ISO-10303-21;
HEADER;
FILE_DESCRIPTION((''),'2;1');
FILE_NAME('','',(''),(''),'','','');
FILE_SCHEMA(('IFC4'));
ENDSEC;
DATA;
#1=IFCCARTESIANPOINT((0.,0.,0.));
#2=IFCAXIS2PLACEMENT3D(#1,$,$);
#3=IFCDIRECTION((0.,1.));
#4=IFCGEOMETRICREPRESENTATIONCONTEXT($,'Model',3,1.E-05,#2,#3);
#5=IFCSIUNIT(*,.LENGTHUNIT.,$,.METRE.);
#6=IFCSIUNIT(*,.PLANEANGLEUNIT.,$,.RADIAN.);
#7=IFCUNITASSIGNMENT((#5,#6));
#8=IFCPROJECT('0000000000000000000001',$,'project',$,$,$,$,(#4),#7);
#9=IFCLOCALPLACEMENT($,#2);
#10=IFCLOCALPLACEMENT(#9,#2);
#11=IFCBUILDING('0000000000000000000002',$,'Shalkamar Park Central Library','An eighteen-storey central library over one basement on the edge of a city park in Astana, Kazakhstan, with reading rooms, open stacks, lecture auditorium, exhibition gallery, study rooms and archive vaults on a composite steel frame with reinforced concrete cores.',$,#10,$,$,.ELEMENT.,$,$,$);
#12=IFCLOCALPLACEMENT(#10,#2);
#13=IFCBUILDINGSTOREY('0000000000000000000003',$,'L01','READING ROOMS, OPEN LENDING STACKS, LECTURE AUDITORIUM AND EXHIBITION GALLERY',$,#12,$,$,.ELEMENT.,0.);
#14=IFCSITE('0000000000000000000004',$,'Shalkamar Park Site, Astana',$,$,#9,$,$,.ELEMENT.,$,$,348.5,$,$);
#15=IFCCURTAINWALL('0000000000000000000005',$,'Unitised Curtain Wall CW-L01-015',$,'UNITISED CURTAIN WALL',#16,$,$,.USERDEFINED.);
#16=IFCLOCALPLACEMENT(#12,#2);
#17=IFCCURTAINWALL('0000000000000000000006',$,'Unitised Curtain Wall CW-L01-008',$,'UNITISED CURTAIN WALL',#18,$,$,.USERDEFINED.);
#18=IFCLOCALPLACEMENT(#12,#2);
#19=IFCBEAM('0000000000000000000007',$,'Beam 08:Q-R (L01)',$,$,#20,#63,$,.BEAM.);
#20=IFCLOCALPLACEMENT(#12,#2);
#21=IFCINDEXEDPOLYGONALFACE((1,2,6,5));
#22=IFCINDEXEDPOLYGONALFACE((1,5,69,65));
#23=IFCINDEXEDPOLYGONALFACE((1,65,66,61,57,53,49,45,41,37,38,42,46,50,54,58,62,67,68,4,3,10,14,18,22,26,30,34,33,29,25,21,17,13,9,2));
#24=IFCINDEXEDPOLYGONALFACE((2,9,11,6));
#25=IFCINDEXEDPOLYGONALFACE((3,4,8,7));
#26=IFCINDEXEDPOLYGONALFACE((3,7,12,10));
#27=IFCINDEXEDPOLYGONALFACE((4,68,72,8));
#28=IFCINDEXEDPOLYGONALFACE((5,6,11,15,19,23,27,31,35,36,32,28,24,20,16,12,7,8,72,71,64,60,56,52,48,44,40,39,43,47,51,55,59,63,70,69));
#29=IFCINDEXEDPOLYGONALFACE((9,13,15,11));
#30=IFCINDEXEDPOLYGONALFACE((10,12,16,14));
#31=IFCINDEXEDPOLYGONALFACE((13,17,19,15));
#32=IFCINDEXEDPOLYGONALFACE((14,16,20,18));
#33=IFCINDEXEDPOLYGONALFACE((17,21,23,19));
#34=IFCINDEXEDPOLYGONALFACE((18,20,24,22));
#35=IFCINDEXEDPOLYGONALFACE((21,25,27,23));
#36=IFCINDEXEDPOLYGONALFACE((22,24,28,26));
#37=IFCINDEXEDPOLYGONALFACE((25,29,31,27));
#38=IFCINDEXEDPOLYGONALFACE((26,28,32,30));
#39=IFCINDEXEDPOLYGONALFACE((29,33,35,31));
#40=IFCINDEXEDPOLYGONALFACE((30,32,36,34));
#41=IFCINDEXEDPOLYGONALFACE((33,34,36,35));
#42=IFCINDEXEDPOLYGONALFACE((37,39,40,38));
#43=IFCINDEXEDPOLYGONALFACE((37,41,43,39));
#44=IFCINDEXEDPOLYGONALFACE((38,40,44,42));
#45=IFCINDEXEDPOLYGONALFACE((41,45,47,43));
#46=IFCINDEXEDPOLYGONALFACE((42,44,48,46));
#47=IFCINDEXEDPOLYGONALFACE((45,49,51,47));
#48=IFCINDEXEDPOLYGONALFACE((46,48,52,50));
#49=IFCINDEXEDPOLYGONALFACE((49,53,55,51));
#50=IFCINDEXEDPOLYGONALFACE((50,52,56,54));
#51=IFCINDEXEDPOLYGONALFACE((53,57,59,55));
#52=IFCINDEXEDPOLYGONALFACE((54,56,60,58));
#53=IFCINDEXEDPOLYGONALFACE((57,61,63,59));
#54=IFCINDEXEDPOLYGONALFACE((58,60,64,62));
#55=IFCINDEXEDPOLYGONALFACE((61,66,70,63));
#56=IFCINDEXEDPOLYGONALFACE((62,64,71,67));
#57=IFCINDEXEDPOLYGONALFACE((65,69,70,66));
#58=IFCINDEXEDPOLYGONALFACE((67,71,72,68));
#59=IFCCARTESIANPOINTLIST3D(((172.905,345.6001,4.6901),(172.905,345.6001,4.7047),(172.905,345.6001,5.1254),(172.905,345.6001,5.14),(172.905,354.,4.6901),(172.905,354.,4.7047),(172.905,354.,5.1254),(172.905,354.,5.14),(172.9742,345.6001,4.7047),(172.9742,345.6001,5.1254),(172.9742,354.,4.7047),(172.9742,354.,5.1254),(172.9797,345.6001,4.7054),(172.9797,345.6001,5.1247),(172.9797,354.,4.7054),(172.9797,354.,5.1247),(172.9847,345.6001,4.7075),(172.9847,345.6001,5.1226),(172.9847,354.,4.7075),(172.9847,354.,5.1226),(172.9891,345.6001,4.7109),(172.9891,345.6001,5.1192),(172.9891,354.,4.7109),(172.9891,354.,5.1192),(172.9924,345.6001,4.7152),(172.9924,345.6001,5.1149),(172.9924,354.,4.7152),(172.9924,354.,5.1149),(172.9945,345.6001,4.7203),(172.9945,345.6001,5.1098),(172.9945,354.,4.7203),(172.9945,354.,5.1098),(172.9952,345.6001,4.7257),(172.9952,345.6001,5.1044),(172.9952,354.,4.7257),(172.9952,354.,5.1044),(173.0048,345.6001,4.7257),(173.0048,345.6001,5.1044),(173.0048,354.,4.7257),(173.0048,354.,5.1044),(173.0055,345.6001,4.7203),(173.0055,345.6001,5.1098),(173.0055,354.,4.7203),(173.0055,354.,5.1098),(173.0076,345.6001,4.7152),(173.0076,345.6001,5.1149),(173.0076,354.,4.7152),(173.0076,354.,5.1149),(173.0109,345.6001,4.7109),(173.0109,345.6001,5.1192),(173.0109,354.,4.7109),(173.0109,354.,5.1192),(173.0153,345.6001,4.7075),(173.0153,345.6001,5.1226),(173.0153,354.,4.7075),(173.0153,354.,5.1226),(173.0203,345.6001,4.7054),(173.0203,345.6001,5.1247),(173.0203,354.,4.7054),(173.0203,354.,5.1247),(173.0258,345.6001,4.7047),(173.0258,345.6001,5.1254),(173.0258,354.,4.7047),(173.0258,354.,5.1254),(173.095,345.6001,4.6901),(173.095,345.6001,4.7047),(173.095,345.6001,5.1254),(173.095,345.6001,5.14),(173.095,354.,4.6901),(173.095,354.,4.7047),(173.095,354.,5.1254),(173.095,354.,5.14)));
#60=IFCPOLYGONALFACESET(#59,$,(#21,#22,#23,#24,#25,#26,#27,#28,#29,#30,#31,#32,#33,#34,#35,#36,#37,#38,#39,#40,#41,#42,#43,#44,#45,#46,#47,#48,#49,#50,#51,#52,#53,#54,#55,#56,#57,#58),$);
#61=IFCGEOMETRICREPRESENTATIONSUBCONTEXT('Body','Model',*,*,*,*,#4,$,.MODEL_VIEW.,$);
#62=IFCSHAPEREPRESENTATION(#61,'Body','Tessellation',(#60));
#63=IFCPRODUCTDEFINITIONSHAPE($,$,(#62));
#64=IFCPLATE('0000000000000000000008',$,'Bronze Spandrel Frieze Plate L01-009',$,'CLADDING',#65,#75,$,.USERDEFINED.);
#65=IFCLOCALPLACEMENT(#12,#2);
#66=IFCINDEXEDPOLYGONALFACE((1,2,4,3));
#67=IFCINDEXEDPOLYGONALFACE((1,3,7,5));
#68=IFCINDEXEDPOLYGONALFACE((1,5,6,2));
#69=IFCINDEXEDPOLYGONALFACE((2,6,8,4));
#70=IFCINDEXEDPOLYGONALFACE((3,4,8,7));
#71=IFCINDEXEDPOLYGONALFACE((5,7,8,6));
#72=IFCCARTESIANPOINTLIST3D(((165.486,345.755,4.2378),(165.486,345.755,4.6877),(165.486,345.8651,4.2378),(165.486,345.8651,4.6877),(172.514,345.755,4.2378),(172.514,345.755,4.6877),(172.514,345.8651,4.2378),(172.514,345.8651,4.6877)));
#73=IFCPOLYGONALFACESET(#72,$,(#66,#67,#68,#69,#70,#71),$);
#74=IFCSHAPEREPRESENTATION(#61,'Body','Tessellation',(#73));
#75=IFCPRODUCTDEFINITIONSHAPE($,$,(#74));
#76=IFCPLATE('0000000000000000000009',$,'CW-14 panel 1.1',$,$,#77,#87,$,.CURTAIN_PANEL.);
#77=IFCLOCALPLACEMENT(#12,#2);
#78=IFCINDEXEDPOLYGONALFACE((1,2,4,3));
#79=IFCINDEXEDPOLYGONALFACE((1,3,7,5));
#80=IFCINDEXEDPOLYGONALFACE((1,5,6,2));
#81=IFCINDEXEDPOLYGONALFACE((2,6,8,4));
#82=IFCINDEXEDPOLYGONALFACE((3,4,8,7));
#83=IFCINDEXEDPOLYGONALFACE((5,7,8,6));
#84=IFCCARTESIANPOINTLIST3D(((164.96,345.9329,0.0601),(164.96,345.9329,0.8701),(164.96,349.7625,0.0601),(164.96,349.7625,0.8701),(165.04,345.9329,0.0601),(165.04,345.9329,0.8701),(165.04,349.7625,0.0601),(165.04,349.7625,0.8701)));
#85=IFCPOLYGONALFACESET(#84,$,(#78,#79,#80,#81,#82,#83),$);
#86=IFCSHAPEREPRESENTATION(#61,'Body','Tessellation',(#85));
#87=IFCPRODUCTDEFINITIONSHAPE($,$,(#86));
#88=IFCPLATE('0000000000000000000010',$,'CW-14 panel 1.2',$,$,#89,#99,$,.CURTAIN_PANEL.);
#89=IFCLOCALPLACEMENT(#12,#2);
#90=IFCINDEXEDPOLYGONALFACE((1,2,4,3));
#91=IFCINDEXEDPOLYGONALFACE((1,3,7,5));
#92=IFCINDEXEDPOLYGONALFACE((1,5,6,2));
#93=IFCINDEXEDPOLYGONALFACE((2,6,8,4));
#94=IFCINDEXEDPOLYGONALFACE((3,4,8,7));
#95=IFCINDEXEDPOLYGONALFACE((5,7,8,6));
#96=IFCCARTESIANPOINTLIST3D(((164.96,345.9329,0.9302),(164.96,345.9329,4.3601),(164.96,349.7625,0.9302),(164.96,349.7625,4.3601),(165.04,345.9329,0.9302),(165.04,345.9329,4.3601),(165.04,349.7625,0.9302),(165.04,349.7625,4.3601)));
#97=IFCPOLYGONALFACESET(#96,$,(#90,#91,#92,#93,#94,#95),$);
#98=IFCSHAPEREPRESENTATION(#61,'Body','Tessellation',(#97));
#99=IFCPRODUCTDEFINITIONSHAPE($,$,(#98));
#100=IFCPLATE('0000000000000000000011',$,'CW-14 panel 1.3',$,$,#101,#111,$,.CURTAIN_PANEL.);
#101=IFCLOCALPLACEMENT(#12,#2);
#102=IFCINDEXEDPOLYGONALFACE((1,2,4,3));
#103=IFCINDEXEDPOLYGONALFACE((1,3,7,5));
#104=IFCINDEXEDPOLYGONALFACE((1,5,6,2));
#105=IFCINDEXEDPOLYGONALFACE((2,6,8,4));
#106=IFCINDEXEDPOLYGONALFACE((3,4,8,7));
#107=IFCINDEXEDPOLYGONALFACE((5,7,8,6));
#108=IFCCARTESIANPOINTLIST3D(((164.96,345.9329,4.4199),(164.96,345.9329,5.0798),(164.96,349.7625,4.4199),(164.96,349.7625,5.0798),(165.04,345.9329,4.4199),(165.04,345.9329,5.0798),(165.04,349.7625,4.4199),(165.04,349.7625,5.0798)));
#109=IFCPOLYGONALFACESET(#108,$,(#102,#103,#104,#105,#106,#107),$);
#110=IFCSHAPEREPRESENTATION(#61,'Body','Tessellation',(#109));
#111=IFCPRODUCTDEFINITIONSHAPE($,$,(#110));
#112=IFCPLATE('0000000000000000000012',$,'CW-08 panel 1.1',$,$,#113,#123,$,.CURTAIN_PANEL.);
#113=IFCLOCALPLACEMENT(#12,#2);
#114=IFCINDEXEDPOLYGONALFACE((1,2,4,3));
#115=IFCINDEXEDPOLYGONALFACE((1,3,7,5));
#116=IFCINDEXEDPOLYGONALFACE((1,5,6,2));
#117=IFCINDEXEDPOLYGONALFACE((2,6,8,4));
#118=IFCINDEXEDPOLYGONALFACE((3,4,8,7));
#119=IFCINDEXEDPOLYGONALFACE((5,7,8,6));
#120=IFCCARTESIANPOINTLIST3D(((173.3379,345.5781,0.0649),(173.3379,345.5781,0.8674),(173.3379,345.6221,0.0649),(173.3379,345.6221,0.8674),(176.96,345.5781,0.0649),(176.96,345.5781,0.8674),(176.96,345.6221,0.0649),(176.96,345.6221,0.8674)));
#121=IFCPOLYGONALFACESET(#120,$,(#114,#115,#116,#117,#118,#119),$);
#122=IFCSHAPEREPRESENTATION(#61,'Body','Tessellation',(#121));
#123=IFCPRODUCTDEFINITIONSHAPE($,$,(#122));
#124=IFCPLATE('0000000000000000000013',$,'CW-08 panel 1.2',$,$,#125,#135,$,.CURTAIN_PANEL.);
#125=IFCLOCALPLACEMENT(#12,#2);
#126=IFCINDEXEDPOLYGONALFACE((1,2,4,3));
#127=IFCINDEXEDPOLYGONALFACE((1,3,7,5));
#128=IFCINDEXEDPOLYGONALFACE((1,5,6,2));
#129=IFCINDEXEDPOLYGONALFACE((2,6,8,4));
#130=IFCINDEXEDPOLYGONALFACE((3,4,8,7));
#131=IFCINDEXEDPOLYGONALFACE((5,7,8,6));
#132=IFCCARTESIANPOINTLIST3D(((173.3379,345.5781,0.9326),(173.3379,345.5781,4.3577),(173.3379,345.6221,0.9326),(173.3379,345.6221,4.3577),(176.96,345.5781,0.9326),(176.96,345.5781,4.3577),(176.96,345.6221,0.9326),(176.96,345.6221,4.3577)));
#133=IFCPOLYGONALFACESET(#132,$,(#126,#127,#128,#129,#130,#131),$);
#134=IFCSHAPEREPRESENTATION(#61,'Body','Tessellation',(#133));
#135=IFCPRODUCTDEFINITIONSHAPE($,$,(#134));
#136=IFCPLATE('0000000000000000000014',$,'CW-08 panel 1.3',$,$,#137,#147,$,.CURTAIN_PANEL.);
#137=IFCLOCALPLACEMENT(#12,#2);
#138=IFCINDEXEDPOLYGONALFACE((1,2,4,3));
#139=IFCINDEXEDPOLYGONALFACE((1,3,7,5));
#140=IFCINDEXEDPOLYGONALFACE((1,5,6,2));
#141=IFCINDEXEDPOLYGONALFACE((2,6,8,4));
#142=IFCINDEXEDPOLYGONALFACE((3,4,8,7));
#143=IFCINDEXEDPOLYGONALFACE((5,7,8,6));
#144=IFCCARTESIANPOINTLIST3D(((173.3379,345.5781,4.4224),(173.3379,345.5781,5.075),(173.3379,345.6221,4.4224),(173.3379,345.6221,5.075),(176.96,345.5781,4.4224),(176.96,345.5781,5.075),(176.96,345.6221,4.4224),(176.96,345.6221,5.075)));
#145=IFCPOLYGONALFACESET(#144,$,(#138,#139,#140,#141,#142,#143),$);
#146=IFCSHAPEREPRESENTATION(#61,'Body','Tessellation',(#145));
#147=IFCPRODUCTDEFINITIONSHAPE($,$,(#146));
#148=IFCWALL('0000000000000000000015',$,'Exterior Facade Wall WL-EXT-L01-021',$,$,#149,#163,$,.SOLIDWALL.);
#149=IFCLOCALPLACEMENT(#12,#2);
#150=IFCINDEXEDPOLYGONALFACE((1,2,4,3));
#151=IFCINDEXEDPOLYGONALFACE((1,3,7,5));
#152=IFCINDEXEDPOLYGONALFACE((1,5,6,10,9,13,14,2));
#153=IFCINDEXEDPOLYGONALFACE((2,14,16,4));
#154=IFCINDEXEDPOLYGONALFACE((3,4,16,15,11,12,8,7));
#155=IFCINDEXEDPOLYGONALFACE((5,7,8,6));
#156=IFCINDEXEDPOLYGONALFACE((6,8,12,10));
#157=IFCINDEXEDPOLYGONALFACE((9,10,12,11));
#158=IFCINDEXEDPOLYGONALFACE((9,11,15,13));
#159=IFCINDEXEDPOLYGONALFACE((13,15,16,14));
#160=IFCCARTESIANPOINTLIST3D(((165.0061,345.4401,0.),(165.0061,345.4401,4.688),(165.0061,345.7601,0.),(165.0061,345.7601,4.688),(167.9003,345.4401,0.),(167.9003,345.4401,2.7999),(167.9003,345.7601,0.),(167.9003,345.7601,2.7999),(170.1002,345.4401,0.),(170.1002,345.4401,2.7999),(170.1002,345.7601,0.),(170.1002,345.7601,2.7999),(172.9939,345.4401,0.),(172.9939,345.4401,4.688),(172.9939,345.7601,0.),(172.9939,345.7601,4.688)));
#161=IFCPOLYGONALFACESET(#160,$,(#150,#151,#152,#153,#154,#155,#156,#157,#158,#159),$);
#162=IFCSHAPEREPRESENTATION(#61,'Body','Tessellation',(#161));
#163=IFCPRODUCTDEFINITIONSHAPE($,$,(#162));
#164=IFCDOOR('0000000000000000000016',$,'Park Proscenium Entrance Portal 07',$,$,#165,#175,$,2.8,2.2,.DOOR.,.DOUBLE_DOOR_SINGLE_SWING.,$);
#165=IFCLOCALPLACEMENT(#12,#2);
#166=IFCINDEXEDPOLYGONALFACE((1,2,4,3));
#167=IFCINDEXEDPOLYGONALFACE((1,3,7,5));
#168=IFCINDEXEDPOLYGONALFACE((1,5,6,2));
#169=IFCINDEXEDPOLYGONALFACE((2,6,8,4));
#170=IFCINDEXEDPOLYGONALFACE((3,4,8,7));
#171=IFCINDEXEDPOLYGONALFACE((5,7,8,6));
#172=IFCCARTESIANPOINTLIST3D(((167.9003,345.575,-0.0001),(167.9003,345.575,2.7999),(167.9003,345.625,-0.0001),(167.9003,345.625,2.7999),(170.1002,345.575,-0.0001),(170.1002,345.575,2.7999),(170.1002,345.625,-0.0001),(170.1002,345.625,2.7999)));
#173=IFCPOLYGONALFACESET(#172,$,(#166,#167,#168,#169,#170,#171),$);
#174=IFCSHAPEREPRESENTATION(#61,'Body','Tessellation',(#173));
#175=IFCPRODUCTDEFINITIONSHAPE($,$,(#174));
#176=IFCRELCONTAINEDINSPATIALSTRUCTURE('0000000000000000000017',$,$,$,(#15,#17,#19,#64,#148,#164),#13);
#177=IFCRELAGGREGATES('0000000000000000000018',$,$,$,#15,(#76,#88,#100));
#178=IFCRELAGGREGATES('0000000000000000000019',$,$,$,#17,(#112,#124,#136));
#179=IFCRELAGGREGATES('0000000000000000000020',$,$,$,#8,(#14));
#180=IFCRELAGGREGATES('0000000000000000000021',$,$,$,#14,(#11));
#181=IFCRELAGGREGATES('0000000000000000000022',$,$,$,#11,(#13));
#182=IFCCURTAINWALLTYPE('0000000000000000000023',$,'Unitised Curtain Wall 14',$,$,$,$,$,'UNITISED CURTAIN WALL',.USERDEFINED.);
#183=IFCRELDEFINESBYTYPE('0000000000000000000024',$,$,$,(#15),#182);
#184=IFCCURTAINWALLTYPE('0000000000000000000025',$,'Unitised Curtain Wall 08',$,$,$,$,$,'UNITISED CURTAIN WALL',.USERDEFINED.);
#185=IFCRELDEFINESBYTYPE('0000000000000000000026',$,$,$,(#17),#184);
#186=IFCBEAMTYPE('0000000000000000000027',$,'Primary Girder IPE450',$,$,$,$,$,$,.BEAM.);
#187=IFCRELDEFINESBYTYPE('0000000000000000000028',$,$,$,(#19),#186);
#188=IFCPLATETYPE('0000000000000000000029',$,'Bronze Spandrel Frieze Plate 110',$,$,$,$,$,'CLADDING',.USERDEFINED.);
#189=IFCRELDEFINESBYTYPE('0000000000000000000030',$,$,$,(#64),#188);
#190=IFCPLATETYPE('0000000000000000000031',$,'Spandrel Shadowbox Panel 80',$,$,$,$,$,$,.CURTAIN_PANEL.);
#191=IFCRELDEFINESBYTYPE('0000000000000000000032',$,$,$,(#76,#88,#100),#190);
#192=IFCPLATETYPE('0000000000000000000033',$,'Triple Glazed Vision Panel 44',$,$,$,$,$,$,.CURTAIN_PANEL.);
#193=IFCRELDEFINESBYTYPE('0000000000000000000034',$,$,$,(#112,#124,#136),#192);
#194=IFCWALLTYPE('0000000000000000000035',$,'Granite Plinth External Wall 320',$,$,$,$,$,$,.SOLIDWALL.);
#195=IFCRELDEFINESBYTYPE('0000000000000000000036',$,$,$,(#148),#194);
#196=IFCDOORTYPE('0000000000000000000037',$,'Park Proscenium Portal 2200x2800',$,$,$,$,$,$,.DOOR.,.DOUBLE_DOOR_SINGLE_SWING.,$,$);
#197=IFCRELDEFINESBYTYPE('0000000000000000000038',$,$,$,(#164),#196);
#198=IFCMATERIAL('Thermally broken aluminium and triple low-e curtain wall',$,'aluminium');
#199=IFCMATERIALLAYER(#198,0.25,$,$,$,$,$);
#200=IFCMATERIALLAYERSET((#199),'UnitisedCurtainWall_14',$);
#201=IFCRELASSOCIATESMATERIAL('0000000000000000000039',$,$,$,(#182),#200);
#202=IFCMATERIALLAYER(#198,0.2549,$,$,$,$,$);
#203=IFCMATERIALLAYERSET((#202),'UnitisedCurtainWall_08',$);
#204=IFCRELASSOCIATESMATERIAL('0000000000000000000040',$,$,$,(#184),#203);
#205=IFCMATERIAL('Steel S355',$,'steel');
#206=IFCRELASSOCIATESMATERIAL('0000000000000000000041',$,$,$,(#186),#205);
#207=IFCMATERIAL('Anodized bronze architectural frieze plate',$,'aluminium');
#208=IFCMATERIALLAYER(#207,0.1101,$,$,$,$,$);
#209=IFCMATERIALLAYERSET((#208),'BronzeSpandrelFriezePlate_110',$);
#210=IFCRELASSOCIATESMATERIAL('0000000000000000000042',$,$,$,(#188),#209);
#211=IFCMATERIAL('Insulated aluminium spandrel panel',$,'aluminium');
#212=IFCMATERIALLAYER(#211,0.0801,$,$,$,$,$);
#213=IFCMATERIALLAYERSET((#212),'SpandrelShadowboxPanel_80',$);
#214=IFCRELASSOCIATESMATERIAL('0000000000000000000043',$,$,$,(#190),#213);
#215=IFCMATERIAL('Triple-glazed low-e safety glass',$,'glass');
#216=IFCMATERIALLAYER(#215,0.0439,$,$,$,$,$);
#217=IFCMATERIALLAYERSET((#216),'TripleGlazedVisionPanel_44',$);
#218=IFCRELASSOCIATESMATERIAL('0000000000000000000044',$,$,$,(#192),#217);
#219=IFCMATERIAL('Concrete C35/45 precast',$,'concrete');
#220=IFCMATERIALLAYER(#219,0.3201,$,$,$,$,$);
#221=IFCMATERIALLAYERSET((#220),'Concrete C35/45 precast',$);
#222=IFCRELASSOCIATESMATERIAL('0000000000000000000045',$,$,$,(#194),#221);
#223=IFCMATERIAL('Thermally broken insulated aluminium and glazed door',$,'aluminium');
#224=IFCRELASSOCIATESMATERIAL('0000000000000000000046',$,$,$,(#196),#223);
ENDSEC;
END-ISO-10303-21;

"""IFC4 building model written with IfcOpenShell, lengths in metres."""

from ifc_helpers import new_model, si_unit, direction, frame, frame_2d, origin, origin_2d, place, context, subcontext, project, spatial, rectangle, i_section, extrude, material, layer, layer_set, material_profile, profile_set, type_object, element, fill, aggregate, save


model = new_model("IFC4")

# Units and contexts
model_context = context("Model", 3, precision=1e-05, world=origin(), true_north=direction((0.0, 1.0)))
body_context = subcontext(model_context, "Body", "Model", "MODEL_VIEW")
ifc_project = project(units=[si_unit("LENGTHUNIT", "METRE"), si_unit("PLANEANGLEUNIT", "RADIAN")], contexts=[model_context])

# Site, building, storey
site_placement = place(None, origin())
site = spatial("IfcSite", under=ifc_project, at=site_placement, Name="Shalkamar Park Site, Astana", CompositionType="ELEMENT", RefElevation=348.5)
building_placement = place(site_placement, origin())
building = spatial("IfcBuilding", under=site, at=building_placement, Name="Shalkamar Park Central Library", Description="An eighteen-storey central library over one basement on the edge of a city park in Astana, Kazakhstan, with reading rooms, open stacks, lecture auditorium, exhibition gallery, study rooms and archive vaults on a composite steel frame with reinforced concrete cores.", CompositionType="ELEMENT")
storey_placement = place(building_placement, origin())
storey = spatial("IfcBuildingStorey", under=building, at=storey_placement, Name="L01", Description="READING ROOMS, OPEN LENDING STACKS, LECTURE AUDITORIUM AND EXHIBITION GALLERY", CompositionType="ELEMENT", Elevation=0.0)

# Shared definitions
ifc_material_1 = material(Name="Steel S355", Category="steel")

# Curtain walls
ifc_material_2 = material(Name="Thermally broken aluminium and triple low-e curtain wall", Category="aluminium")
ifc_layer_1 = layer(ifc_material_2, 0.25)
ifc_layer_set_1 = layer_set([ifc_layer_1], Name="UnitisedCurtainWall_14")
curtain_wall_type_1 = type_object("IfcCurtainWallType", Name="Unitised Curtain Wall 14", ElementType="UNITISED CURTAIN WALL", PredefinedType="USERDEFINED", material=ifc_layer_set_1)
curtain_wall_1_placement = place(storey_placement, origin())
curtain_wall_1 = element("IfcCurtainWall", 1, at=curtain_wall_1_placement, inside=storey, type_object=curtain_wall_type_1, Name="Unitised Curtain Wall CW-L01-015", ObjectType="UNITISED CURTAIN WALL", PredefinedType="USERDEFINED")
ifc_layer_2 = layer(ifc_material_2, 0.2549)
ifc_layer_set_2 = layer_set([ifc_layer_2], Name="UnitisedCurtainWall_08")
curtain_wall_type_2 = type_object("IfcCurtainWallType", Name="Unitised Curtain Wall 08", ElementType="UNITISED CURTAIN WALL", PredefinedType="USERDEFINED", material=ifc_layer_set_2)
curtain_wall_2_placement = place(storey_placement, origin())
curtain_wall_2 = element("IfcCurtainWall", 2, at=curtain_wall_2_placement, inside=storey, type_object=curtain_wall_type_2, Name="Unitised Curtain Wall CW-L01-008", ObjectType="UNITISED CURTAIN WALL", PredefinedType="USERDEFINED")

# Beam
ifc_material_profile_1 = material_profile(ifc_material_1, i_section(OverallWidth=0.1899, OverallDepth=0.45, WebThickness=0.0095, FlangeThickness=0.0146, FilletRadius=0.021, at=origin_2d()), Name="IPE 450")
ifc_profile_set_1 = profile_set([ifc_material_profile_1], Name="Steel S355")
beam_type_1 = type_object("IfcBeamType", Name="Primary Girder IPE450", PredefinedType="BEAM", material=ifc_profile_set_1)
for number, where, z_axis, x_axis, name in (
    (3, (173.0, 345.6001, 4.915), (0.0, 1.0, 0.0), (-1.0, 0.0, 0.0), "Beam 08:Q-R (L01)"),
):
    element("IfcBeam", number, at=place(storey_placement, frame(where, z_axis=z_axis, x_axis=x_axis)), inside=storey, type_object=beam_type_1, Name=name, PredefinedType="BEAM", context=body_context, shape_type="SweptSolid", body=[
        extrude(i_section(OverallWidth=0.1899, OverallDepth=0.45, WebThickness=0.0095, FlangeThickness=0.0146, FilletRadius=0.021, at=origin_2d()), origin(), (0.0, 0.0, 1.0), 8.3999),
    ])

# Plates
ifc_material_3 = material(Name="Anodized bronze architectural frieze plate", Category="aluminium")
ifc_layer_3 = layer(ifc_material_3, 0.1101)
ifc_layer_set_3 = layer_set([ifc_layer_3], Name="BronzeSpandrelFriezePlate_110")
plate_type_1 = type_object("IfcPlateType", Name="Bronze Spandrel Frieze Plate 110", ElementType="CLADDING", PredefinedType="USERDEFINED", material=ifc_layer_set_3)
plate_1_placement = place(storey_placement, frame((169.0, 345.8101, 4.2378), z_axis=(0.0, 0.0, 1.0), x_axis=(1.0, 0.0, 0.0)))
element("IfcPlate", 4, at=plate_1_placement, inside=storey, type_object=plate_type_1, Name="Bronze Spandrel Frieze Plate L01-009", ObjectType="CLADDING", PredefinedType="USERDEFINED", context=body_context, shape_type="SweptSolid", body=[
    extrude(rectangle(XDim=7.0281, YDim=0.1101, at=origin_2d()), origin(), (0.0, 0.0, 1.0), 0.45),
])
ifc_material_4 = material(Name="Insulated aluminium spandrel panel", Category="aluminium")
ifc_layer_4 = layer(ifc_material_4, 0.0801)
ifc_layer_set_4 = layer_set([ifc_layer_4], Name="SpandrelShadowboxPanel_80")
plate_type_2 = type_object("IfcPlateType", Name="Spandrel Shadowbox Panel 80", PredefinedType="CURTAIN_PANEL", material=ifc_layer_set_4)
plate_2_placement = place(storey_placement, frame((165.0, 347.8477, 0.0601), z_axis=(0.0, 0.0, 1.0), x_axis=(0.0, 1.0, 0.0)))
plate_2 = element("IfcPlate", 5, at=plate_2_placement, type_object=plate_type_2, Name="CW-14 panel 1.1", PredefinedType="CURTAIN_PANEL", context=body_context, shape_type="SweptSolid", body=[
    extrude(rectangle(XDim=3.8296, YDim=0.0801, at=origin_2d()), origin(), (0.0, 0.0, 1.0), 0.8101),
])
plate_3_placement = place(storey_placement, frame((165.0, 347.8477, 0.9302), z_axis=(0.0, 0.0, 1.0), x_axis=(0.0, 1.0, 0.0)))
plate_3 = element("IfcPlate", 6, at=plate_3_placement, type_object=plate_type_2, Name="CW-14 panel 1.2", PredefinedType="CURTAIN_PANEL", context=body_context, shape_type="SweptSolid", body=[
    extrude(rectangle(XDim=3.8296, YDim=0.0801, at=origin_2d()), origin(), (0.0, 0.0, 1.0), 3.4299),
])
plate_4_placement = place(storey_placement, frame((165.0, 347.8477, 4.4199), z_axis=(0.0, 0.0, 1.0), x_axis=(0.0, 1.0, 0.0)))
plate_4 = element("IfcPlate", 7, at=plate_4_placement, type_object=plate_type_2, Name="CW-14 panel 1.3", PredefinedType="CURTAIN_PANEL", context=body_context, shape_type="SweptSolid", body=[
    extrude(rectangle(XDim=3.8296, YDim=0.0801, at=origin_2d()), origin(), (0.0, 0.0, 1.0), 0.6599),
])
aggregate(curtain_wall_1, [plate_2, plate_3, plate_4])
ifc_material_5 = material(Name="Triple-glazed low-e safety glass", Category="glass")
ifc_layer_5 = layer(ifc_material_5, 0.0439)
ifc_layer_set_5 = layer_set([ifc_layer_5], Name="TripleGlazedVisionPanel_44")
plate_type_3 = type_object("IfcPlateType", Name="Triple Glazed Vision Panel 44", PredefinedType="CURTAIN_PANEL", material=ifc_layer_set_5)
plate_5_placement = place(storey_placement, frame((175.1489, 345.6001, 0.0649), z_axis=(0.0, 0.0, 1.0), x_axis=(1.0, 0.0, 0.0)))
plate_5 = element("IfcPlate", 8, at=plate_5_placement, type_object=plate_type_3, Name="CW-08 panel 1.1", PredefinedType="CURTAIN_PANEL", context=body_context, shape_type="SweptSolid", body=[
    extrude(rectangle(XDim=3.6221, YDim=0.0439, at=origin_2d()), origin(), (0.0, 0.0, 1.0), 0.8025),
])
plate_6_placement = place(storey_placement, frame((175.1489, 345.6001, 0.9326), z_axis=(0.0, 0.0, 1.0), x_axis=(1.0, 0.0, 0.0)))
plate_6 = element("IfcPlate", 9, at=plate_6_placement, type_object=plate_type_3, Name="CW-08 panel 1.2", PredefinedType="CURTAIN_PANEL", context=body_context, shape_type="SweptSolid", body=[
    extrude(rectangle(XDim=3.6221, YDim=0.0439, at=origin_2d()), origin(), (0.0, 0.0, 1.0), 3.425),
])
plate_7_placement = place(storey_placement, frame((175.1489, 345.6001, 4.4224), z_axis=(0.0, 0.0, 1.0), x_axis=(1.0, 0.0, 0.0)))
plate_7 = element("IfcPlate", 10, at=plate_7_placement, type_object=plate_type_3, Name="CW-08 panel 1.3", PredefinedType="CURTAIN_PANEL", context=body_context, shape_type="SweptSolid", body=[
    extrude(rectangle(XDim=3.6221, YDim=0.0439, at=origin_2d()), origin(), (0.0, 0.0, 1.0), 0.6526),
])
aggregate(curtain_wall_2, [plate_5, plate_6, plate_7])

# Wall, opening, door
ifc_material_6 = material(Name="Concrete C35/45 precast", Category="concrete")
ifc_layer_6 = layer(ifc_material_6, 0.3201)
ifc_layer_set_6 = layer_set([ifc_layer_6], Name="Concrete C35/45 precast")
wall_type = type_object("IfcWallType", Name="Granite Plinth External Wall 320", PredefinedType="SOLIDWALL", material=ifc_layer_set_6)
wall_placement = place(storey_placement, frame((165.0061, 345.6001, 0.0), z_axis=(0.0, 0.0, 1.0), x_axis=(1.0, 0.0, 0.0)))
wall = element("IfcWall", 11, at=wall_placement, inside=storey, type_object=wall_type, Name="Exterior Facade Wall WL-EXT-L01-021", PredefinedType="SOLIDWALL", context=body_context, shape_type="SweptSolid", body=[
    extrude(rectangle(XDim=7.9878, YDim=0.3201, at=frame_2d((3.9939, 0.0))), origin(), (0.0, 0.0, 1.0), 4.688),
])
opening_placement = place(wall_placement, frame((2.894, 0.0, 0.0)))
opening = element("IfcOpeningElement", 12, at=opening_placement, cuts=wall, PredefinedType="OPENING", context=body_context, shape_type="SweptSolid", body=[
    extrude(rectangle(XDim=2.2, YDim=2.8, at=frame_2d((1.1001, 1.3999))), frame((0.0, 0.1748, 0.0), z_axis=(0.0, -1.0, 0.0), x_axis=(1.0, 0.0, 0.0)), (0.0, 0.0, 1.0), 0.3499),
])
ifc_material_7 = material(Name="Thermally broken insulated aluminium and glazed door", Category="aluminium")
door_type = type_object("IfcDoorType", Name="Park Proscenium Portal 2200x2800", OperationType="DOUBLE_DOOR_SINGLE_SWING", PredefinedType="DOOR", material=ifc_material_7)
door_placement = place(opening_placement, origin())
door = element("IfcDoor", 13, at=door_placement, inside=storey, type_object=door_type, Name="Park Proscenium Entrance Portal 07", OperationType="DOUBLE_DOOR_SINGLE_SWING", OverallHeight=2.8, OverallWidth=2.2, PredefinedType="DOOR", context=body_context, shape_type="SweptSolid", body=[
    extrude(rectangle(XDim=2.2, YDim=2.8, at=frame_2d((1.1001, 1.3999))), frame((0.0, 0.0249, 0.0), z_axis=(0.0, -1.0, 0.0), x_axis=(1.0, 0.0, 0.0)), (0.0, 0.0, 1.0), 0.05),
])
fill(opening, door)

save(model, "model.ifc")
